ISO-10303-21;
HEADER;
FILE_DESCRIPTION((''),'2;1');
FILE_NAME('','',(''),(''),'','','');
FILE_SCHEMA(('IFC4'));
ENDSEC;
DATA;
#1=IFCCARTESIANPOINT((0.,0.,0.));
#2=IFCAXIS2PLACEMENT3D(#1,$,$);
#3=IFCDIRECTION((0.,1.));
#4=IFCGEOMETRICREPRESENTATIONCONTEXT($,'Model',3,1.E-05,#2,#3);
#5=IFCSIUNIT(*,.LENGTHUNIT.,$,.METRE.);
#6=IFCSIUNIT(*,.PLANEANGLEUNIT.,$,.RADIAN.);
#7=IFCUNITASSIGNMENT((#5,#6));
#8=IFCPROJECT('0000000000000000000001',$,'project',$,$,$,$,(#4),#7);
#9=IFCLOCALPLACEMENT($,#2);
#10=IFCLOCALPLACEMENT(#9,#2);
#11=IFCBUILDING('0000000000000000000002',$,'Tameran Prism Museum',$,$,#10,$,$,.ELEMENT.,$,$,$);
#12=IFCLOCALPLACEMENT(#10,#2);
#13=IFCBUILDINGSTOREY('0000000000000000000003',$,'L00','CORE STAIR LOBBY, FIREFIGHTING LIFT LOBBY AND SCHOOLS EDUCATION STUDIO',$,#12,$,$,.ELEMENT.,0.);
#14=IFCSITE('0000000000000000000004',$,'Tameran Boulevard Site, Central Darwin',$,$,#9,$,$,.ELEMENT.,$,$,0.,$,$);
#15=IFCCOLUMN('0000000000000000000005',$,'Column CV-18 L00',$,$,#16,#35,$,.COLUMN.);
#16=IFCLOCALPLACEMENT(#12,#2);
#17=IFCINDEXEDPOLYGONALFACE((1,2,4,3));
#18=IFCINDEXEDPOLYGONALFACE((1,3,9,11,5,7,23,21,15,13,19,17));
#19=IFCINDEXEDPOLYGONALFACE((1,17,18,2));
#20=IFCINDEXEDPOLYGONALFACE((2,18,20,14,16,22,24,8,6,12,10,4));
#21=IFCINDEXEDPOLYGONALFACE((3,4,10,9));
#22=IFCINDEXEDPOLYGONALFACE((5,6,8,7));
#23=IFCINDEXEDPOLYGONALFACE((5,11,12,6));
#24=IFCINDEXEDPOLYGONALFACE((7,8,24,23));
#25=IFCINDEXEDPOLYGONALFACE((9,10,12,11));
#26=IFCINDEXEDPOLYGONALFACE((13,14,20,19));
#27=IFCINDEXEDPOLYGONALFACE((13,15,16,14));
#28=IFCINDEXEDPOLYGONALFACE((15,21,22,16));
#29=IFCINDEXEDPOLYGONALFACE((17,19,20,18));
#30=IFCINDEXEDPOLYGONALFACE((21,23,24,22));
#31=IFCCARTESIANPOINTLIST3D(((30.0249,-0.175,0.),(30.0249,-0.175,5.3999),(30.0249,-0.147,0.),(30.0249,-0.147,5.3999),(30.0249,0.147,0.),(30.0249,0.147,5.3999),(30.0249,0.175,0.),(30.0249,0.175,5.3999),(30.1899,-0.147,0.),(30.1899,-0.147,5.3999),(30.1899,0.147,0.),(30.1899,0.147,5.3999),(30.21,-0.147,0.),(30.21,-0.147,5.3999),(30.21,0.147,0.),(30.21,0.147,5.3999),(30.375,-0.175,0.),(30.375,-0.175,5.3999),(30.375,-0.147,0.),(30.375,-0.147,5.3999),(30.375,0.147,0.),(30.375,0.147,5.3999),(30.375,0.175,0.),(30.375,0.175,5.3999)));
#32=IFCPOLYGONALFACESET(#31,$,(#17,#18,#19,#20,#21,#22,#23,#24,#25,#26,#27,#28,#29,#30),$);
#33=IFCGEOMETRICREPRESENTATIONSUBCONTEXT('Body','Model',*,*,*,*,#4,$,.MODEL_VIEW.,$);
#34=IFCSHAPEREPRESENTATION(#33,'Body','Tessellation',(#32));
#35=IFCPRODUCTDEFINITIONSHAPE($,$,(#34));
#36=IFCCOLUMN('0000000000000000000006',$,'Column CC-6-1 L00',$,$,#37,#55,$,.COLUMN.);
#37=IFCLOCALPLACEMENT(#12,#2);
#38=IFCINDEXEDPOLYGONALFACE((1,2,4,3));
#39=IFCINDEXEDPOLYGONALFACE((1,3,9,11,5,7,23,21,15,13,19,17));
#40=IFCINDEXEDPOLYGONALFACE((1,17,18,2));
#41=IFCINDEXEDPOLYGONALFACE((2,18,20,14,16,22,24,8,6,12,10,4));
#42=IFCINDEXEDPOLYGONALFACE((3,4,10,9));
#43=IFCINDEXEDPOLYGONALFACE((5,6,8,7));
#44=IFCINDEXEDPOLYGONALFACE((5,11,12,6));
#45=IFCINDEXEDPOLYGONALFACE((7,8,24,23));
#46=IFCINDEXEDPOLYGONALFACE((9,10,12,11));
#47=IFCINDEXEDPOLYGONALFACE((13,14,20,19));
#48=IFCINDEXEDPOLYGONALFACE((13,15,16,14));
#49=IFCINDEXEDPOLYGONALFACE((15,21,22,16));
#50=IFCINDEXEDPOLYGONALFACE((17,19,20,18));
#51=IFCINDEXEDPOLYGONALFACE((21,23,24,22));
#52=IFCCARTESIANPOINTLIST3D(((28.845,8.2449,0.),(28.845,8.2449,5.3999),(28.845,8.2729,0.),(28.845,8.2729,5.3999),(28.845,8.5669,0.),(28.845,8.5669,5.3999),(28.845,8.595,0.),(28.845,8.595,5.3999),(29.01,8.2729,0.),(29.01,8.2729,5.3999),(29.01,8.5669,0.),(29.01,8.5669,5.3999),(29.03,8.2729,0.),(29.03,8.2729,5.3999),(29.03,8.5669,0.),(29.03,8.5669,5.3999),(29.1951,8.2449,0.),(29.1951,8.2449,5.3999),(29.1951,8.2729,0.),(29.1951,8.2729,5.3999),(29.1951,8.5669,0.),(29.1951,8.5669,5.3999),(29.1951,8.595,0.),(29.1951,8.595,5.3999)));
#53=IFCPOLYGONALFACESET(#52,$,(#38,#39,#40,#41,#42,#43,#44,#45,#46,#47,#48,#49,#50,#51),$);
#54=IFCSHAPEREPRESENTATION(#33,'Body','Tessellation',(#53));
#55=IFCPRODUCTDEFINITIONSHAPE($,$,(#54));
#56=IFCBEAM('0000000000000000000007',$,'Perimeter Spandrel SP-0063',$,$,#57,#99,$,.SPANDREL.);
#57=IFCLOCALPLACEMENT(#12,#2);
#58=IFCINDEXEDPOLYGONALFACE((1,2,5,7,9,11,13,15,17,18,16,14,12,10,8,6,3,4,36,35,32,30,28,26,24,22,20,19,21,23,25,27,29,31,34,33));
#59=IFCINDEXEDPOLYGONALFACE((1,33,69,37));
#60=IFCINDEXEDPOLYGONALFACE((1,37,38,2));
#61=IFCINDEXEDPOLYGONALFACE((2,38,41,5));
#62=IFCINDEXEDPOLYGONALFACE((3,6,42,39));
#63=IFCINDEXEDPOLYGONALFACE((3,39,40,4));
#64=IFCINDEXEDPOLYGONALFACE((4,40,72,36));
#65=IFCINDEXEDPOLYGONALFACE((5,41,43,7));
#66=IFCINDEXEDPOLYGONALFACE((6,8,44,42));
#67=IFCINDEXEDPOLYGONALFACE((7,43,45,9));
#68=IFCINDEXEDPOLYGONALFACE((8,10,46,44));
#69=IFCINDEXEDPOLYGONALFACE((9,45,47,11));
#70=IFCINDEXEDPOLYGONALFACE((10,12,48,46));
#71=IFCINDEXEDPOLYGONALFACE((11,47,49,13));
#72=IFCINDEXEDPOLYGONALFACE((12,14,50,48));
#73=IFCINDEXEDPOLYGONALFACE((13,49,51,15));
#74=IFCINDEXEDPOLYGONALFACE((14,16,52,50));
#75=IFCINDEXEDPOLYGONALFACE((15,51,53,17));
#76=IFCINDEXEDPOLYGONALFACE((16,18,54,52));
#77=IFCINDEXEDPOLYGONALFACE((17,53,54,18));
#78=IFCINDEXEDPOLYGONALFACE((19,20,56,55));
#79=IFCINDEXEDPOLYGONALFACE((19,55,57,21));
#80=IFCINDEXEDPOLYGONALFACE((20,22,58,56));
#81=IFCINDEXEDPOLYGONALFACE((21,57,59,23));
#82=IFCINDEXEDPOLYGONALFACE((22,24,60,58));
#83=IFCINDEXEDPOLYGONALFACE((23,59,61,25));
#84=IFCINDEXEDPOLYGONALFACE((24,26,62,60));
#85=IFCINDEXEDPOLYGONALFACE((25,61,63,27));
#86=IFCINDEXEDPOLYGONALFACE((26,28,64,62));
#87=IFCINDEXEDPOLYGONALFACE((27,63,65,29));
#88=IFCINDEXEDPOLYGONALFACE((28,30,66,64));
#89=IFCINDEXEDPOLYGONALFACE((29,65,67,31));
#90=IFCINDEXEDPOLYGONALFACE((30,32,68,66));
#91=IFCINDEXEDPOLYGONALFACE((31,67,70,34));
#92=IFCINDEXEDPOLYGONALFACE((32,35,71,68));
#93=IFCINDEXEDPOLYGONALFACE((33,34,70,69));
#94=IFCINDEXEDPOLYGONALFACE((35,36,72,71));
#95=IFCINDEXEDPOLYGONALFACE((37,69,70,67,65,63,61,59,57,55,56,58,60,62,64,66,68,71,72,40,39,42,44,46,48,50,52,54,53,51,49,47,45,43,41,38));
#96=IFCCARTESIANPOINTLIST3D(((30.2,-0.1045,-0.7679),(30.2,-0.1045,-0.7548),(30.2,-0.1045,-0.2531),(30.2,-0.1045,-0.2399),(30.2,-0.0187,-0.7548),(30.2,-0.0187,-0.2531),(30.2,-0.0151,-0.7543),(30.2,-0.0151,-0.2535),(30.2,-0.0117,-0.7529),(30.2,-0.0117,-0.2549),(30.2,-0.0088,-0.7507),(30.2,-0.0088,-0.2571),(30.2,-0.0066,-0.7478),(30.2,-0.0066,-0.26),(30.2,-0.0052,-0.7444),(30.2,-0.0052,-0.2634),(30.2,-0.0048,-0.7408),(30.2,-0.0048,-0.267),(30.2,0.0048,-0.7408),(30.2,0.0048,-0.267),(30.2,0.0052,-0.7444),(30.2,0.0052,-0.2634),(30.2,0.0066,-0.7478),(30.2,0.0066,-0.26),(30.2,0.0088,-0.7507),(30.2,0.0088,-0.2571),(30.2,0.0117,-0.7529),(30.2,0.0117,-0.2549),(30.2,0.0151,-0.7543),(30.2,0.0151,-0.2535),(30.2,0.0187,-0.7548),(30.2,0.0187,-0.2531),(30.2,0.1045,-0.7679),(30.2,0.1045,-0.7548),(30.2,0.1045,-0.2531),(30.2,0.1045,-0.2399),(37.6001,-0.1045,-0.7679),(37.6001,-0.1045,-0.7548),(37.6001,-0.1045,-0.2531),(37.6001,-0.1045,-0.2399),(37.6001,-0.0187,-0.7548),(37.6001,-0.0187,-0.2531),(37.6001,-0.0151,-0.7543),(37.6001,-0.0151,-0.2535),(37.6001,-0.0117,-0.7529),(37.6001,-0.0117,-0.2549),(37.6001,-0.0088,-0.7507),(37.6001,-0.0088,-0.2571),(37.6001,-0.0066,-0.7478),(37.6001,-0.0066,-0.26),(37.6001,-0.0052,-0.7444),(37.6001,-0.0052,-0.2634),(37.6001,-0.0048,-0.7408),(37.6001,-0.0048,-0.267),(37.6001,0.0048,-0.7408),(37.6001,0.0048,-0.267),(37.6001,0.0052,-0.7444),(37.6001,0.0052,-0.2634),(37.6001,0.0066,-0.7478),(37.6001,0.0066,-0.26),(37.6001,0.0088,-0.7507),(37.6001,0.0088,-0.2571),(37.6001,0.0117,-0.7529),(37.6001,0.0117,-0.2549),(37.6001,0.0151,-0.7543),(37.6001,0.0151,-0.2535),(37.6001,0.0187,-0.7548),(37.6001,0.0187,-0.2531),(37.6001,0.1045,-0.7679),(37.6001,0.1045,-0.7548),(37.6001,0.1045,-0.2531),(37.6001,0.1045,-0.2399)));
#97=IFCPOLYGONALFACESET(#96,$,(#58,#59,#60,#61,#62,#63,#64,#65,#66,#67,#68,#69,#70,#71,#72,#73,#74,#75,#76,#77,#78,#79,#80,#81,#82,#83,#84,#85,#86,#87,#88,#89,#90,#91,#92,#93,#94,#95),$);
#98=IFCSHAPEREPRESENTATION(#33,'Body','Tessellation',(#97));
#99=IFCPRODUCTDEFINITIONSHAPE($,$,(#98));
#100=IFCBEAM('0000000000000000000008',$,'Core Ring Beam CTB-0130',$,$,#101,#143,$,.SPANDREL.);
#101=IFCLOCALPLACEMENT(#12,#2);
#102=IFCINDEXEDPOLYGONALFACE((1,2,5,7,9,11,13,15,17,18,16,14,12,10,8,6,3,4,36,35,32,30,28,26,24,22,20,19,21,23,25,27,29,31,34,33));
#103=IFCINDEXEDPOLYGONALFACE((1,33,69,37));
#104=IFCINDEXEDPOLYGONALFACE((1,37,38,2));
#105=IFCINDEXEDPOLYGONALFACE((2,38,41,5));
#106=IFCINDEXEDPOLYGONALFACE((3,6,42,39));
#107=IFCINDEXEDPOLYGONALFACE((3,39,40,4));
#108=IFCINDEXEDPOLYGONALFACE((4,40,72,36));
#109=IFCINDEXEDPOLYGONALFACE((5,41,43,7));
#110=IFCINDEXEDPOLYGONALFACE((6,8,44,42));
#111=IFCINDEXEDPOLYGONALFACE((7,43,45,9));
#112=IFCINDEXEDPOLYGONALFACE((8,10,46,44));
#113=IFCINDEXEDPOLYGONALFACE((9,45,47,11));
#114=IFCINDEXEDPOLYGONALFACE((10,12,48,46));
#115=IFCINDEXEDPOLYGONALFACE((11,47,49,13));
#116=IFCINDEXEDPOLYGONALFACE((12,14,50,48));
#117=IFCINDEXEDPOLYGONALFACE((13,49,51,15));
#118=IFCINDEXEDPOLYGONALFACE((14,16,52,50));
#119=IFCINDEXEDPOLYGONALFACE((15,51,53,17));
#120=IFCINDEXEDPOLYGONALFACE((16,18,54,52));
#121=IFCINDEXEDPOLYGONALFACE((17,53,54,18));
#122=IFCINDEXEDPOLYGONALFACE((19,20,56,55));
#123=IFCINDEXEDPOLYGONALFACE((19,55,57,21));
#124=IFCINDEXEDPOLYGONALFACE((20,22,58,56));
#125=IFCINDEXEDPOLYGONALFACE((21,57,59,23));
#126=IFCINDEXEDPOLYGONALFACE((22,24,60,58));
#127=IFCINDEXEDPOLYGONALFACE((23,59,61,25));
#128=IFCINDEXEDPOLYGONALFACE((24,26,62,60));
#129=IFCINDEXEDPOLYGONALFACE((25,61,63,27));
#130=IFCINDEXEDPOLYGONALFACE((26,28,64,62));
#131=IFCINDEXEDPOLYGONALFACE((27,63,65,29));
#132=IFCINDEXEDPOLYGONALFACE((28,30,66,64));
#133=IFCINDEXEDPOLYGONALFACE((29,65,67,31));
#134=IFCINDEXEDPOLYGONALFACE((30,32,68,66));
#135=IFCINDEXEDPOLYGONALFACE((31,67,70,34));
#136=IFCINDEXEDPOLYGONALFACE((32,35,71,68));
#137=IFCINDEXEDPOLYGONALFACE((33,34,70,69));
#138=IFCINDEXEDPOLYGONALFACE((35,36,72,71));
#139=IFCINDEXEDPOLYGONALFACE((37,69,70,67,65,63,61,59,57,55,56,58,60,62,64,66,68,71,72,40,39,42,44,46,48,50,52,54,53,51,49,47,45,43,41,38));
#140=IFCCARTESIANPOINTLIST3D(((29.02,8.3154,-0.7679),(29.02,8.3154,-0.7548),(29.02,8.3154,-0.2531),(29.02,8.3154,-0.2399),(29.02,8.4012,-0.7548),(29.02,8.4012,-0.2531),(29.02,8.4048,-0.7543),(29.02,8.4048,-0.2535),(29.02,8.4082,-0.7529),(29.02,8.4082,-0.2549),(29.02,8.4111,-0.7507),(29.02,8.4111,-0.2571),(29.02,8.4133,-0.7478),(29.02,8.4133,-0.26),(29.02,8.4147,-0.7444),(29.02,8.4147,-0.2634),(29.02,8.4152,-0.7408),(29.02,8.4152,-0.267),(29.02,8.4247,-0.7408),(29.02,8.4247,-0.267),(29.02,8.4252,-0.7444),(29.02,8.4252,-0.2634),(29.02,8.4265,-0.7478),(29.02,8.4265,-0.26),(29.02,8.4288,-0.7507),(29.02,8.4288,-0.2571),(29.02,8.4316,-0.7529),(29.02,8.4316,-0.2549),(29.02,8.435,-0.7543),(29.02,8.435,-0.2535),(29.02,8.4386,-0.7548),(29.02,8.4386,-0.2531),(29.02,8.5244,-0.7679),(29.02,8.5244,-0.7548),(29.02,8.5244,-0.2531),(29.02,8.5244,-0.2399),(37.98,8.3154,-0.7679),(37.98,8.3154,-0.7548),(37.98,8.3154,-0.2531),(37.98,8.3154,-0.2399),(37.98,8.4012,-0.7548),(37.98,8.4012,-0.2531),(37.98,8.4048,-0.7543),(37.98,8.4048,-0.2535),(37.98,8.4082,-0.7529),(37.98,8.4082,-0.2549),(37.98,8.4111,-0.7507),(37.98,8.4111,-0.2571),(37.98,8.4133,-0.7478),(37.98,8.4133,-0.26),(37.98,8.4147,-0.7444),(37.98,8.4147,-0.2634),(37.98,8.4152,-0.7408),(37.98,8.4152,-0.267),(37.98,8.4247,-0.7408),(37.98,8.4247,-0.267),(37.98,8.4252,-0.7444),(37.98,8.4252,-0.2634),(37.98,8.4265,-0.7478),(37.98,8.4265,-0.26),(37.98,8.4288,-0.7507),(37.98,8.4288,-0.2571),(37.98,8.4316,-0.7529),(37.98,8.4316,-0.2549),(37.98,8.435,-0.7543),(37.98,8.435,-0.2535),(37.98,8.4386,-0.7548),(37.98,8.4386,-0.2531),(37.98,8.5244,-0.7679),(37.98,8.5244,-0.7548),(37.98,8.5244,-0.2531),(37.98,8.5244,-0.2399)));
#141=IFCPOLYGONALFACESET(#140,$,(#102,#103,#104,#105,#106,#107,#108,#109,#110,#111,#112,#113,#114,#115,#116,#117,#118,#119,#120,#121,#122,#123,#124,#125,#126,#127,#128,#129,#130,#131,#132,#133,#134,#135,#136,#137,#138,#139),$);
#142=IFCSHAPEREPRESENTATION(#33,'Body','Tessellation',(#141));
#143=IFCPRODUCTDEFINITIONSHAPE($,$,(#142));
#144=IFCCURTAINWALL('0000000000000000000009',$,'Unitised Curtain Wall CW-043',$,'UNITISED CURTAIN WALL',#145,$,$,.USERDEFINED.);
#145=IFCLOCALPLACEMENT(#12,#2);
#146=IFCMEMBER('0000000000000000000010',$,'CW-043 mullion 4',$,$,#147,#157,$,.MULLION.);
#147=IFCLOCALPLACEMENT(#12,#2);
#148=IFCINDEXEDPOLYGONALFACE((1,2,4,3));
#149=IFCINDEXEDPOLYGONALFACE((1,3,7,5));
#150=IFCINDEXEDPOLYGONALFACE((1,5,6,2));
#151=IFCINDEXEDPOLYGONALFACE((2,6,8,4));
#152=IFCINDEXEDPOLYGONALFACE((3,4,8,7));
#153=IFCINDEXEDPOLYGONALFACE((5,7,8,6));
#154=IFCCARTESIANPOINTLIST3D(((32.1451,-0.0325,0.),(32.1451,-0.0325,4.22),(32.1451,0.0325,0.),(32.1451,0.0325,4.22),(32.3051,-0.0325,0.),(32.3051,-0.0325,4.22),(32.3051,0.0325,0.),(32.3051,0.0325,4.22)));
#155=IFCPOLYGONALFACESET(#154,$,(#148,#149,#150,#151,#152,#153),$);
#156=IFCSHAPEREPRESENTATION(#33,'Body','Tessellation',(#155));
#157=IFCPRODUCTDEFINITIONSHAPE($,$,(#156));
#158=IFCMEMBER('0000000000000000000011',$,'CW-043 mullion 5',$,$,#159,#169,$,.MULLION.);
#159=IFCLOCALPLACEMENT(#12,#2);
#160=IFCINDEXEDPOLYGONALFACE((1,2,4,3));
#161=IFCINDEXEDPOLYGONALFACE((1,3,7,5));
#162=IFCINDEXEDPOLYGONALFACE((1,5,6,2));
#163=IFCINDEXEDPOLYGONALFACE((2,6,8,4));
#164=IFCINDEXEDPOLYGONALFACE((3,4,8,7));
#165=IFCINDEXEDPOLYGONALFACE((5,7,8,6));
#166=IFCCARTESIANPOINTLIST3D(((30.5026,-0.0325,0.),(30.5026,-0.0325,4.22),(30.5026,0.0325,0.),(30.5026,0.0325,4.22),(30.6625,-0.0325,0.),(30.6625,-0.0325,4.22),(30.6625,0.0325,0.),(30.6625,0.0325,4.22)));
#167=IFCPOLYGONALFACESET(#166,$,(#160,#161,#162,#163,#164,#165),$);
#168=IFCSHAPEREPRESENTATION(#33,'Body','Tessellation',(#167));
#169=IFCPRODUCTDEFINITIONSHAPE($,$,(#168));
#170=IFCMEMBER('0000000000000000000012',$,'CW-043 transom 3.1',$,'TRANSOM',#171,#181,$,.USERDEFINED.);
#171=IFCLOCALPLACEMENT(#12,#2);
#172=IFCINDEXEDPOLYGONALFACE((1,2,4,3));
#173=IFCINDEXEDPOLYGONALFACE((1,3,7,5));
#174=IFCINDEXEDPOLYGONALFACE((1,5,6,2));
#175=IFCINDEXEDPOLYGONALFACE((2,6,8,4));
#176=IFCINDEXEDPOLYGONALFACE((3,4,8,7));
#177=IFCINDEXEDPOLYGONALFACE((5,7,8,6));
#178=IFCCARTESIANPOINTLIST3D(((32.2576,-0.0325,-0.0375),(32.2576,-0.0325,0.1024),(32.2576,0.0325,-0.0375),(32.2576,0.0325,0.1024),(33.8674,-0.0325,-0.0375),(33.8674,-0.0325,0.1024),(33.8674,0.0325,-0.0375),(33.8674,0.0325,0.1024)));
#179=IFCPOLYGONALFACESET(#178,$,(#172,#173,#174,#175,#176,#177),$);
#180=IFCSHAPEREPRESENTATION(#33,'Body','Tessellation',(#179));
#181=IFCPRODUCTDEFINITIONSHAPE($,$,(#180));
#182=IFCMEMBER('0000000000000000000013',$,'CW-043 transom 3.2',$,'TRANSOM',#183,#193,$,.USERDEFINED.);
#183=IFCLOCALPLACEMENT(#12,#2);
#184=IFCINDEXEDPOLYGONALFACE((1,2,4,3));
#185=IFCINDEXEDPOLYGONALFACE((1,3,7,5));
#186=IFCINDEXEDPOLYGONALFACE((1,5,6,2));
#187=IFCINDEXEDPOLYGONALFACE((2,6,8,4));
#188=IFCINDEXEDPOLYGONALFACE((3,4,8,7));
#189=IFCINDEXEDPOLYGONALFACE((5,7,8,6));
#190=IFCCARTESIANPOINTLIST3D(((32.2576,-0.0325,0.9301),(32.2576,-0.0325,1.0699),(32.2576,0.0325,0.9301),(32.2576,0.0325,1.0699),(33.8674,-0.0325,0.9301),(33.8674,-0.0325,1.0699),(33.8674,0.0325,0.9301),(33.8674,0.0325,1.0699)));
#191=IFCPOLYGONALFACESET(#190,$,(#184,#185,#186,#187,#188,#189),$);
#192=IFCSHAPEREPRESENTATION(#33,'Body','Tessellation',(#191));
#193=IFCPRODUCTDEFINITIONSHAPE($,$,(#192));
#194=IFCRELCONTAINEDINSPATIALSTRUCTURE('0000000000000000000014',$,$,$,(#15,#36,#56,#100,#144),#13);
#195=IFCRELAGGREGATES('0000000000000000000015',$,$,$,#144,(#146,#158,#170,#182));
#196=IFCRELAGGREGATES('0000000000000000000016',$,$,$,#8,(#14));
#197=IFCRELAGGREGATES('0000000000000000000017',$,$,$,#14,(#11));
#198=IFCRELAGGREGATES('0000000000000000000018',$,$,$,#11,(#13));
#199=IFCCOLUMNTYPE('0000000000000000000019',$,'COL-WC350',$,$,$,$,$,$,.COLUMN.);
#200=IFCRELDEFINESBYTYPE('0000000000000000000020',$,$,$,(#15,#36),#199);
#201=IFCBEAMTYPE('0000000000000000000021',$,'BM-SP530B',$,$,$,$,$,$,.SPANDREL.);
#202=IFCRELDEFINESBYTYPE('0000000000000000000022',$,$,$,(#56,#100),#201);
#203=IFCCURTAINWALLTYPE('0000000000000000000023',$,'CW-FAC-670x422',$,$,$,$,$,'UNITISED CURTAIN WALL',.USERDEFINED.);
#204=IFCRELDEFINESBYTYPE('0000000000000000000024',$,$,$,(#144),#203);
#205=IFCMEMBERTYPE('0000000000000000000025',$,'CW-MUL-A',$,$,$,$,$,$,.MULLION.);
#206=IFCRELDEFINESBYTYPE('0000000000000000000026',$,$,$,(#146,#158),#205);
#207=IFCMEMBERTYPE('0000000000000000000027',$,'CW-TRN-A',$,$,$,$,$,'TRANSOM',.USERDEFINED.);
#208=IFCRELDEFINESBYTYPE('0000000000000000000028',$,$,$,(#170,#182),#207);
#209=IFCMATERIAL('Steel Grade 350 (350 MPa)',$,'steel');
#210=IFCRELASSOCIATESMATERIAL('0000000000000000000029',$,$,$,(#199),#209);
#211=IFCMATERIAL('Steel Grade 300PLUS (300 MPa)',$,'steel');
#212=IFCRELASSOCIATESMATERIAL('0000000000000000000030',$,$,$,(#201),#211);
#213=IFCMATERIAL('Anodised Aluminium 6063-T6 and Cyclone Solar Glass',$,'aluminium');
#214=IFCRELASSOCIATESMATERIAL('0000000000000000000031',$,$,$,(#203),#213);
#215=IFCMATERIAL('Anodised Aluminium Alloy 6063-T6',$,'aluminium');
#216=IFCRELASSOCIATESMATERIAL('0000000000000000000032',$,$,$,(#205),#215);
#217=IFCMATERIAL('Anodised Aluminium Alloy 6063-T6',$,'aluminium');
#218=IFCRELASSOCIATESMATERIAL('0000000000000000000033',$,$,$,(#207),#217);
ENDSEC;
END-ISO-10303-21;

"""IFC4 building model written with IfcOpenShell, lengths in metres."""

from ifc_helpers import new_model, si_unit, direction, frame, origin, origin_2d, place, context, subcontext, project, spatial, rectangle, i_section, extrude, material, material_profile, profile_set, type_object, element, aggregate, save


model = new_model("IFC4")

# Units and contexts
model_context = context("Model", 3, precision=1e-05, world=origin(), true_north=direction((0.0, 1.0)))
body_context = subcontext(model_context, "Body", "Model", "MODEL_VIEW")
ifc_project = project(units=[si_unit("LENGTHUNIT", "METRE"), si_unit("PLANEANGLEUNIT", "RADIAN")], contexts=[model_context])

# Site, building, storey
site_placement = place(None, origin())
site = spatial("IfcSite", under=ifc_project, at=site_placement, Name="Tameran Boulevard Site, Central Darwin", CompositionType="ELEMENT", RefElevation=0.0)
building_placement = place(site_placement, origin())
building = spatial("IfcBuilding", under=site, at=building_placement, Name="Tameran Prism Museum", CompositionType="ELEMENT")
storey_placement = place(building_placement, origin())
storey = spatial("IfcBuildingStorey", under=building, at=storey_placement, Name="L00", Description="CORE STAIR LOBBY, FIREFIGHTING LIFT LOBBY AND SCHOOLS EDUCATION STUDIO", CompositionType="ELEMENT", Elevation=0.0)

# Columns
ifc_material_1 = material(Name="Steel Grade 350 (350 MPa)", Category="steel")
ifc_material_profile_1 = material_profile(ifc_material_1, i_section(OverallWidth=0.3501, OverallDepth=0.3501, WebThickness=0.02, FlangeThickness=0.0281, at=origin_2d()))
ifc_profile_set_1 = profile_set([ifc_material_profile_1])
column_type = type_object("IfcColumnType", Name="COL-WC350", PredefinedType="COLUMN", material=ifc_profile_set_1)
for number, where, z_axis, x_axis, name in (
    (1, (30.2, 0.0, 0.0), (0.0, 0.0, 1.0), (1.0, 0.0, 0.0), "Column CV-18 L00"),
    (2, (29.02, 8.4199, 0.0), (0.0, 0.0, 1.0), (1.0, 0.0, 0.0), "Column CC-6-1 L00"),
):
    element("IfcColumn", number, at=place(storey_placement, frame(where, z_axis=z_axis, x_axis=x_axis)), inside=storey, type_object=column_type, Name=name, PredefinedType="COLUMN", context=body_context, shape_type="SweptSolid", body=[
        extrude(i_section(OverallWidth=0.3501, OverallDepth=0.3501, WebThickness=0.02, FlangeThickness=0.0281, at=origin_2d()), origin(), (0.0, 0.0, 1.0), 5.3999),
    ])

# Beams
ifc_material_2 = material(Name="Steel Grade 300PLUS (300 MPa)", Category="steel")
ifc_material_profile_2 = material_profile(ifc_material_2, i_section(OverallWidth=0.209, OverallDepth=0.5281, WebThickness=0.0095, FlangeThickness=0.0132, FilletRadius=0.0139, at=origin_2d()))
ifc_profile_set_2 = profile_set([ifc_material_profile_2])
beam_type = type_object("IfcBeamType", Name="BM-SP530B", PredefinedType="SPANDREL", material=ifc_profile_set_2)
beam_1_placement = place(storey_placement, frame((30.2, 0.0, -0.5039), z_axis=(1.0, 0.0, 0.0), x_axis=(0.0, 1.0, 0.0)))
element("IfcBeam", 3, at=beam_1_placement, inside=storey, type_object=beam_type, Name="Perimeter Spandrel SP-0063", PredefinedType="SPANDREL", context=body_context, shape_type="SweptSolid", body=[
    extrude(i_section(OverallWidth=0.209, OverallDepth=0.5281, WebThickness=0.0095, FlangeThickness=0.0132, FilletRadius=0.0139, at=origin_2d()), origin(), (0.0, 0.0, 1.0), 7.4001),
])
beam_2_placement = place(storey_placement, frame((29.02, 8.4199, -0.5039), z_axis=(1.0, 0.0, 0.0), x_axis=(0.0, 1.0, 0.0)))
element("IfcBeam", 4, at=beam_2_placement, inside=storey, type_object=beam_type, Name="Core Ring Beam CTB-0130", PredefinedType="SPANDREL", context=body_context, shape_type="SweptSolid", body=[
    extrude(i_section(OverallWidth=0.209, OverallDepth=0.5281, WebThickness=0.0095, FlangeThickness=0.0132, FilletRadius=0.0139, at=origin_2d()), origin(), (0.0, 0.0, 1.0), 8.96),
])

# Curtain wall, members
ifc_material_3 = material(Name="Anodised Aluminium 6063-T6 and Cyclone Solar Glass", Category="aluminium")
curtain_wall_type = type_object("IfcCurtainWallType", Name="CW-FAC-670x422", ElementType="UNITISED CURTAIN WALL", PredefinedType="USERDEFINED", material=ifc_material_3)
curtain_wall_placement = place(storey_placement, origin())
curtain_wall = element("IfcCurtainWall", 5, at=curtain_wall_placement, inside=storey, type_object=curtain_wall_type, Name="Unitised Curtain Wall CW-043", ObjectType="UNITISED CURTAIN WALL", PredefinedType="USERDEFINED")
ifc_material_4 = material(Name="Anodised Aluminium Alloy 6063-T6", Category="aluminium")
ifc_material_profile_3 = material_profile(ifc_material_4, rectangle(XDim=0.0649, YDim=0.1599, at=origin_2d()))
ifc_profile_set_3 = profile_set([ifc_material_profile_3])
member_type_1 = type_object("IfcMemberType", Name="CW-MUL-A", PredefinedType="MULLION", material=ifc_profile_set_3)
member_1_placement = place(storey_placement, frame((32.2251, 0.0, 0.0), z_axis=(0.0, 0.0, 1.0), x_axis=(0.0, -1.0, 0.0)))
member_1 = element("IfcMember", 6, at=member_1_placement, type_object=member_type_1, Name="CW-043 mullion 4", PredefinedType="MULLION", context=body_context, shape_type="SweptSolid", body=[
    extrude(rectangle(XDim=0.0649, YDim=0.1599, at=origin_2d()), origin(), (0.0, 0.0, 1.0), 4.22),
])
member_2_placement = place(storey_placement, frame((30.5825, 0.0, 0.0), z_axis=(0.0, 0.0, 1.0), x_axis=(0.0, -1.0, 0.0)))
member_2 = element("IfcMember", 7, at=member_2_placement, type_object=member_type_1, Name="CW-043 mullion 5", PredefinedType="MULLION", context=body_context, shape_type="SweptSolid", body=[
    extrude(rectangle(XDim=0.0649, YDim=0.1599, at=origin_2d()), origin(), (0.0, 0.0, 1.0), 4.22),
])
ifc_material_5 = material(Name="Anodised Aluminium Alloy 6063-T6", Category="aluminium")
ifc_material_profile_4 = material_profile(ifc_material_5, rectangle(XDim=0.0649, YDim=0.1399, at=origin_2d()))
ifc_profile_set_4 = profile_set([ifc_material_profile_4])
member_type_2 = type_object("IfcMemberType", Name="CW-TRN-A", ElementType="TRANSOM", PredefinedType="USERDEFINED", material=ifc_profile_set_4)
member_3_placement = place(storey_placement, frame((33.8674, 0.0, 0.0325), z_axis=(-1.0, 0.0, 0.0), x_axis=(0.0, -1.0, 0.0)))
member_3 = element("IfcMember", 8, at=member_3_placement, type_object=member_type_2, Name="CW-043 transom 3.1", ObjectType="TRANSOM", PredefinedType="USERDEFINED", context=body_context, shape_type="SweptSolid", body=[
    extrude(rectangle(XDim=0.0649, YDim=0.1399, at=origin_2d()), origin(), (0.0, 0.0, 1.0), 1.6099),
])
member_4_placement = place(storey_placement, frame((33.8674, 0.0, 1.0), z_axis=(-1.0, 0.0, 0.0), x_axis=(0.0, -1.0, 0.0)))
member_4 = element("IfcMember", 9, at=member_4_placement, type_object=member_type_2, Name="CW-043 transom 3.2", ObjectType="TRANSOM", PredefinedType="USERDEFINED", context=body_context, shape_type="SweptSolid", body=[
    extrude(rectangle(XDim=0.0649, YDim=0.1399, at=origin_2d()), origin(), (0.0, 0.0, 1.0), 1.6099),
])
aggregate(curtain_wall, [member_1, member_2, member_3, member_4])

save(model, "model.ifc")
